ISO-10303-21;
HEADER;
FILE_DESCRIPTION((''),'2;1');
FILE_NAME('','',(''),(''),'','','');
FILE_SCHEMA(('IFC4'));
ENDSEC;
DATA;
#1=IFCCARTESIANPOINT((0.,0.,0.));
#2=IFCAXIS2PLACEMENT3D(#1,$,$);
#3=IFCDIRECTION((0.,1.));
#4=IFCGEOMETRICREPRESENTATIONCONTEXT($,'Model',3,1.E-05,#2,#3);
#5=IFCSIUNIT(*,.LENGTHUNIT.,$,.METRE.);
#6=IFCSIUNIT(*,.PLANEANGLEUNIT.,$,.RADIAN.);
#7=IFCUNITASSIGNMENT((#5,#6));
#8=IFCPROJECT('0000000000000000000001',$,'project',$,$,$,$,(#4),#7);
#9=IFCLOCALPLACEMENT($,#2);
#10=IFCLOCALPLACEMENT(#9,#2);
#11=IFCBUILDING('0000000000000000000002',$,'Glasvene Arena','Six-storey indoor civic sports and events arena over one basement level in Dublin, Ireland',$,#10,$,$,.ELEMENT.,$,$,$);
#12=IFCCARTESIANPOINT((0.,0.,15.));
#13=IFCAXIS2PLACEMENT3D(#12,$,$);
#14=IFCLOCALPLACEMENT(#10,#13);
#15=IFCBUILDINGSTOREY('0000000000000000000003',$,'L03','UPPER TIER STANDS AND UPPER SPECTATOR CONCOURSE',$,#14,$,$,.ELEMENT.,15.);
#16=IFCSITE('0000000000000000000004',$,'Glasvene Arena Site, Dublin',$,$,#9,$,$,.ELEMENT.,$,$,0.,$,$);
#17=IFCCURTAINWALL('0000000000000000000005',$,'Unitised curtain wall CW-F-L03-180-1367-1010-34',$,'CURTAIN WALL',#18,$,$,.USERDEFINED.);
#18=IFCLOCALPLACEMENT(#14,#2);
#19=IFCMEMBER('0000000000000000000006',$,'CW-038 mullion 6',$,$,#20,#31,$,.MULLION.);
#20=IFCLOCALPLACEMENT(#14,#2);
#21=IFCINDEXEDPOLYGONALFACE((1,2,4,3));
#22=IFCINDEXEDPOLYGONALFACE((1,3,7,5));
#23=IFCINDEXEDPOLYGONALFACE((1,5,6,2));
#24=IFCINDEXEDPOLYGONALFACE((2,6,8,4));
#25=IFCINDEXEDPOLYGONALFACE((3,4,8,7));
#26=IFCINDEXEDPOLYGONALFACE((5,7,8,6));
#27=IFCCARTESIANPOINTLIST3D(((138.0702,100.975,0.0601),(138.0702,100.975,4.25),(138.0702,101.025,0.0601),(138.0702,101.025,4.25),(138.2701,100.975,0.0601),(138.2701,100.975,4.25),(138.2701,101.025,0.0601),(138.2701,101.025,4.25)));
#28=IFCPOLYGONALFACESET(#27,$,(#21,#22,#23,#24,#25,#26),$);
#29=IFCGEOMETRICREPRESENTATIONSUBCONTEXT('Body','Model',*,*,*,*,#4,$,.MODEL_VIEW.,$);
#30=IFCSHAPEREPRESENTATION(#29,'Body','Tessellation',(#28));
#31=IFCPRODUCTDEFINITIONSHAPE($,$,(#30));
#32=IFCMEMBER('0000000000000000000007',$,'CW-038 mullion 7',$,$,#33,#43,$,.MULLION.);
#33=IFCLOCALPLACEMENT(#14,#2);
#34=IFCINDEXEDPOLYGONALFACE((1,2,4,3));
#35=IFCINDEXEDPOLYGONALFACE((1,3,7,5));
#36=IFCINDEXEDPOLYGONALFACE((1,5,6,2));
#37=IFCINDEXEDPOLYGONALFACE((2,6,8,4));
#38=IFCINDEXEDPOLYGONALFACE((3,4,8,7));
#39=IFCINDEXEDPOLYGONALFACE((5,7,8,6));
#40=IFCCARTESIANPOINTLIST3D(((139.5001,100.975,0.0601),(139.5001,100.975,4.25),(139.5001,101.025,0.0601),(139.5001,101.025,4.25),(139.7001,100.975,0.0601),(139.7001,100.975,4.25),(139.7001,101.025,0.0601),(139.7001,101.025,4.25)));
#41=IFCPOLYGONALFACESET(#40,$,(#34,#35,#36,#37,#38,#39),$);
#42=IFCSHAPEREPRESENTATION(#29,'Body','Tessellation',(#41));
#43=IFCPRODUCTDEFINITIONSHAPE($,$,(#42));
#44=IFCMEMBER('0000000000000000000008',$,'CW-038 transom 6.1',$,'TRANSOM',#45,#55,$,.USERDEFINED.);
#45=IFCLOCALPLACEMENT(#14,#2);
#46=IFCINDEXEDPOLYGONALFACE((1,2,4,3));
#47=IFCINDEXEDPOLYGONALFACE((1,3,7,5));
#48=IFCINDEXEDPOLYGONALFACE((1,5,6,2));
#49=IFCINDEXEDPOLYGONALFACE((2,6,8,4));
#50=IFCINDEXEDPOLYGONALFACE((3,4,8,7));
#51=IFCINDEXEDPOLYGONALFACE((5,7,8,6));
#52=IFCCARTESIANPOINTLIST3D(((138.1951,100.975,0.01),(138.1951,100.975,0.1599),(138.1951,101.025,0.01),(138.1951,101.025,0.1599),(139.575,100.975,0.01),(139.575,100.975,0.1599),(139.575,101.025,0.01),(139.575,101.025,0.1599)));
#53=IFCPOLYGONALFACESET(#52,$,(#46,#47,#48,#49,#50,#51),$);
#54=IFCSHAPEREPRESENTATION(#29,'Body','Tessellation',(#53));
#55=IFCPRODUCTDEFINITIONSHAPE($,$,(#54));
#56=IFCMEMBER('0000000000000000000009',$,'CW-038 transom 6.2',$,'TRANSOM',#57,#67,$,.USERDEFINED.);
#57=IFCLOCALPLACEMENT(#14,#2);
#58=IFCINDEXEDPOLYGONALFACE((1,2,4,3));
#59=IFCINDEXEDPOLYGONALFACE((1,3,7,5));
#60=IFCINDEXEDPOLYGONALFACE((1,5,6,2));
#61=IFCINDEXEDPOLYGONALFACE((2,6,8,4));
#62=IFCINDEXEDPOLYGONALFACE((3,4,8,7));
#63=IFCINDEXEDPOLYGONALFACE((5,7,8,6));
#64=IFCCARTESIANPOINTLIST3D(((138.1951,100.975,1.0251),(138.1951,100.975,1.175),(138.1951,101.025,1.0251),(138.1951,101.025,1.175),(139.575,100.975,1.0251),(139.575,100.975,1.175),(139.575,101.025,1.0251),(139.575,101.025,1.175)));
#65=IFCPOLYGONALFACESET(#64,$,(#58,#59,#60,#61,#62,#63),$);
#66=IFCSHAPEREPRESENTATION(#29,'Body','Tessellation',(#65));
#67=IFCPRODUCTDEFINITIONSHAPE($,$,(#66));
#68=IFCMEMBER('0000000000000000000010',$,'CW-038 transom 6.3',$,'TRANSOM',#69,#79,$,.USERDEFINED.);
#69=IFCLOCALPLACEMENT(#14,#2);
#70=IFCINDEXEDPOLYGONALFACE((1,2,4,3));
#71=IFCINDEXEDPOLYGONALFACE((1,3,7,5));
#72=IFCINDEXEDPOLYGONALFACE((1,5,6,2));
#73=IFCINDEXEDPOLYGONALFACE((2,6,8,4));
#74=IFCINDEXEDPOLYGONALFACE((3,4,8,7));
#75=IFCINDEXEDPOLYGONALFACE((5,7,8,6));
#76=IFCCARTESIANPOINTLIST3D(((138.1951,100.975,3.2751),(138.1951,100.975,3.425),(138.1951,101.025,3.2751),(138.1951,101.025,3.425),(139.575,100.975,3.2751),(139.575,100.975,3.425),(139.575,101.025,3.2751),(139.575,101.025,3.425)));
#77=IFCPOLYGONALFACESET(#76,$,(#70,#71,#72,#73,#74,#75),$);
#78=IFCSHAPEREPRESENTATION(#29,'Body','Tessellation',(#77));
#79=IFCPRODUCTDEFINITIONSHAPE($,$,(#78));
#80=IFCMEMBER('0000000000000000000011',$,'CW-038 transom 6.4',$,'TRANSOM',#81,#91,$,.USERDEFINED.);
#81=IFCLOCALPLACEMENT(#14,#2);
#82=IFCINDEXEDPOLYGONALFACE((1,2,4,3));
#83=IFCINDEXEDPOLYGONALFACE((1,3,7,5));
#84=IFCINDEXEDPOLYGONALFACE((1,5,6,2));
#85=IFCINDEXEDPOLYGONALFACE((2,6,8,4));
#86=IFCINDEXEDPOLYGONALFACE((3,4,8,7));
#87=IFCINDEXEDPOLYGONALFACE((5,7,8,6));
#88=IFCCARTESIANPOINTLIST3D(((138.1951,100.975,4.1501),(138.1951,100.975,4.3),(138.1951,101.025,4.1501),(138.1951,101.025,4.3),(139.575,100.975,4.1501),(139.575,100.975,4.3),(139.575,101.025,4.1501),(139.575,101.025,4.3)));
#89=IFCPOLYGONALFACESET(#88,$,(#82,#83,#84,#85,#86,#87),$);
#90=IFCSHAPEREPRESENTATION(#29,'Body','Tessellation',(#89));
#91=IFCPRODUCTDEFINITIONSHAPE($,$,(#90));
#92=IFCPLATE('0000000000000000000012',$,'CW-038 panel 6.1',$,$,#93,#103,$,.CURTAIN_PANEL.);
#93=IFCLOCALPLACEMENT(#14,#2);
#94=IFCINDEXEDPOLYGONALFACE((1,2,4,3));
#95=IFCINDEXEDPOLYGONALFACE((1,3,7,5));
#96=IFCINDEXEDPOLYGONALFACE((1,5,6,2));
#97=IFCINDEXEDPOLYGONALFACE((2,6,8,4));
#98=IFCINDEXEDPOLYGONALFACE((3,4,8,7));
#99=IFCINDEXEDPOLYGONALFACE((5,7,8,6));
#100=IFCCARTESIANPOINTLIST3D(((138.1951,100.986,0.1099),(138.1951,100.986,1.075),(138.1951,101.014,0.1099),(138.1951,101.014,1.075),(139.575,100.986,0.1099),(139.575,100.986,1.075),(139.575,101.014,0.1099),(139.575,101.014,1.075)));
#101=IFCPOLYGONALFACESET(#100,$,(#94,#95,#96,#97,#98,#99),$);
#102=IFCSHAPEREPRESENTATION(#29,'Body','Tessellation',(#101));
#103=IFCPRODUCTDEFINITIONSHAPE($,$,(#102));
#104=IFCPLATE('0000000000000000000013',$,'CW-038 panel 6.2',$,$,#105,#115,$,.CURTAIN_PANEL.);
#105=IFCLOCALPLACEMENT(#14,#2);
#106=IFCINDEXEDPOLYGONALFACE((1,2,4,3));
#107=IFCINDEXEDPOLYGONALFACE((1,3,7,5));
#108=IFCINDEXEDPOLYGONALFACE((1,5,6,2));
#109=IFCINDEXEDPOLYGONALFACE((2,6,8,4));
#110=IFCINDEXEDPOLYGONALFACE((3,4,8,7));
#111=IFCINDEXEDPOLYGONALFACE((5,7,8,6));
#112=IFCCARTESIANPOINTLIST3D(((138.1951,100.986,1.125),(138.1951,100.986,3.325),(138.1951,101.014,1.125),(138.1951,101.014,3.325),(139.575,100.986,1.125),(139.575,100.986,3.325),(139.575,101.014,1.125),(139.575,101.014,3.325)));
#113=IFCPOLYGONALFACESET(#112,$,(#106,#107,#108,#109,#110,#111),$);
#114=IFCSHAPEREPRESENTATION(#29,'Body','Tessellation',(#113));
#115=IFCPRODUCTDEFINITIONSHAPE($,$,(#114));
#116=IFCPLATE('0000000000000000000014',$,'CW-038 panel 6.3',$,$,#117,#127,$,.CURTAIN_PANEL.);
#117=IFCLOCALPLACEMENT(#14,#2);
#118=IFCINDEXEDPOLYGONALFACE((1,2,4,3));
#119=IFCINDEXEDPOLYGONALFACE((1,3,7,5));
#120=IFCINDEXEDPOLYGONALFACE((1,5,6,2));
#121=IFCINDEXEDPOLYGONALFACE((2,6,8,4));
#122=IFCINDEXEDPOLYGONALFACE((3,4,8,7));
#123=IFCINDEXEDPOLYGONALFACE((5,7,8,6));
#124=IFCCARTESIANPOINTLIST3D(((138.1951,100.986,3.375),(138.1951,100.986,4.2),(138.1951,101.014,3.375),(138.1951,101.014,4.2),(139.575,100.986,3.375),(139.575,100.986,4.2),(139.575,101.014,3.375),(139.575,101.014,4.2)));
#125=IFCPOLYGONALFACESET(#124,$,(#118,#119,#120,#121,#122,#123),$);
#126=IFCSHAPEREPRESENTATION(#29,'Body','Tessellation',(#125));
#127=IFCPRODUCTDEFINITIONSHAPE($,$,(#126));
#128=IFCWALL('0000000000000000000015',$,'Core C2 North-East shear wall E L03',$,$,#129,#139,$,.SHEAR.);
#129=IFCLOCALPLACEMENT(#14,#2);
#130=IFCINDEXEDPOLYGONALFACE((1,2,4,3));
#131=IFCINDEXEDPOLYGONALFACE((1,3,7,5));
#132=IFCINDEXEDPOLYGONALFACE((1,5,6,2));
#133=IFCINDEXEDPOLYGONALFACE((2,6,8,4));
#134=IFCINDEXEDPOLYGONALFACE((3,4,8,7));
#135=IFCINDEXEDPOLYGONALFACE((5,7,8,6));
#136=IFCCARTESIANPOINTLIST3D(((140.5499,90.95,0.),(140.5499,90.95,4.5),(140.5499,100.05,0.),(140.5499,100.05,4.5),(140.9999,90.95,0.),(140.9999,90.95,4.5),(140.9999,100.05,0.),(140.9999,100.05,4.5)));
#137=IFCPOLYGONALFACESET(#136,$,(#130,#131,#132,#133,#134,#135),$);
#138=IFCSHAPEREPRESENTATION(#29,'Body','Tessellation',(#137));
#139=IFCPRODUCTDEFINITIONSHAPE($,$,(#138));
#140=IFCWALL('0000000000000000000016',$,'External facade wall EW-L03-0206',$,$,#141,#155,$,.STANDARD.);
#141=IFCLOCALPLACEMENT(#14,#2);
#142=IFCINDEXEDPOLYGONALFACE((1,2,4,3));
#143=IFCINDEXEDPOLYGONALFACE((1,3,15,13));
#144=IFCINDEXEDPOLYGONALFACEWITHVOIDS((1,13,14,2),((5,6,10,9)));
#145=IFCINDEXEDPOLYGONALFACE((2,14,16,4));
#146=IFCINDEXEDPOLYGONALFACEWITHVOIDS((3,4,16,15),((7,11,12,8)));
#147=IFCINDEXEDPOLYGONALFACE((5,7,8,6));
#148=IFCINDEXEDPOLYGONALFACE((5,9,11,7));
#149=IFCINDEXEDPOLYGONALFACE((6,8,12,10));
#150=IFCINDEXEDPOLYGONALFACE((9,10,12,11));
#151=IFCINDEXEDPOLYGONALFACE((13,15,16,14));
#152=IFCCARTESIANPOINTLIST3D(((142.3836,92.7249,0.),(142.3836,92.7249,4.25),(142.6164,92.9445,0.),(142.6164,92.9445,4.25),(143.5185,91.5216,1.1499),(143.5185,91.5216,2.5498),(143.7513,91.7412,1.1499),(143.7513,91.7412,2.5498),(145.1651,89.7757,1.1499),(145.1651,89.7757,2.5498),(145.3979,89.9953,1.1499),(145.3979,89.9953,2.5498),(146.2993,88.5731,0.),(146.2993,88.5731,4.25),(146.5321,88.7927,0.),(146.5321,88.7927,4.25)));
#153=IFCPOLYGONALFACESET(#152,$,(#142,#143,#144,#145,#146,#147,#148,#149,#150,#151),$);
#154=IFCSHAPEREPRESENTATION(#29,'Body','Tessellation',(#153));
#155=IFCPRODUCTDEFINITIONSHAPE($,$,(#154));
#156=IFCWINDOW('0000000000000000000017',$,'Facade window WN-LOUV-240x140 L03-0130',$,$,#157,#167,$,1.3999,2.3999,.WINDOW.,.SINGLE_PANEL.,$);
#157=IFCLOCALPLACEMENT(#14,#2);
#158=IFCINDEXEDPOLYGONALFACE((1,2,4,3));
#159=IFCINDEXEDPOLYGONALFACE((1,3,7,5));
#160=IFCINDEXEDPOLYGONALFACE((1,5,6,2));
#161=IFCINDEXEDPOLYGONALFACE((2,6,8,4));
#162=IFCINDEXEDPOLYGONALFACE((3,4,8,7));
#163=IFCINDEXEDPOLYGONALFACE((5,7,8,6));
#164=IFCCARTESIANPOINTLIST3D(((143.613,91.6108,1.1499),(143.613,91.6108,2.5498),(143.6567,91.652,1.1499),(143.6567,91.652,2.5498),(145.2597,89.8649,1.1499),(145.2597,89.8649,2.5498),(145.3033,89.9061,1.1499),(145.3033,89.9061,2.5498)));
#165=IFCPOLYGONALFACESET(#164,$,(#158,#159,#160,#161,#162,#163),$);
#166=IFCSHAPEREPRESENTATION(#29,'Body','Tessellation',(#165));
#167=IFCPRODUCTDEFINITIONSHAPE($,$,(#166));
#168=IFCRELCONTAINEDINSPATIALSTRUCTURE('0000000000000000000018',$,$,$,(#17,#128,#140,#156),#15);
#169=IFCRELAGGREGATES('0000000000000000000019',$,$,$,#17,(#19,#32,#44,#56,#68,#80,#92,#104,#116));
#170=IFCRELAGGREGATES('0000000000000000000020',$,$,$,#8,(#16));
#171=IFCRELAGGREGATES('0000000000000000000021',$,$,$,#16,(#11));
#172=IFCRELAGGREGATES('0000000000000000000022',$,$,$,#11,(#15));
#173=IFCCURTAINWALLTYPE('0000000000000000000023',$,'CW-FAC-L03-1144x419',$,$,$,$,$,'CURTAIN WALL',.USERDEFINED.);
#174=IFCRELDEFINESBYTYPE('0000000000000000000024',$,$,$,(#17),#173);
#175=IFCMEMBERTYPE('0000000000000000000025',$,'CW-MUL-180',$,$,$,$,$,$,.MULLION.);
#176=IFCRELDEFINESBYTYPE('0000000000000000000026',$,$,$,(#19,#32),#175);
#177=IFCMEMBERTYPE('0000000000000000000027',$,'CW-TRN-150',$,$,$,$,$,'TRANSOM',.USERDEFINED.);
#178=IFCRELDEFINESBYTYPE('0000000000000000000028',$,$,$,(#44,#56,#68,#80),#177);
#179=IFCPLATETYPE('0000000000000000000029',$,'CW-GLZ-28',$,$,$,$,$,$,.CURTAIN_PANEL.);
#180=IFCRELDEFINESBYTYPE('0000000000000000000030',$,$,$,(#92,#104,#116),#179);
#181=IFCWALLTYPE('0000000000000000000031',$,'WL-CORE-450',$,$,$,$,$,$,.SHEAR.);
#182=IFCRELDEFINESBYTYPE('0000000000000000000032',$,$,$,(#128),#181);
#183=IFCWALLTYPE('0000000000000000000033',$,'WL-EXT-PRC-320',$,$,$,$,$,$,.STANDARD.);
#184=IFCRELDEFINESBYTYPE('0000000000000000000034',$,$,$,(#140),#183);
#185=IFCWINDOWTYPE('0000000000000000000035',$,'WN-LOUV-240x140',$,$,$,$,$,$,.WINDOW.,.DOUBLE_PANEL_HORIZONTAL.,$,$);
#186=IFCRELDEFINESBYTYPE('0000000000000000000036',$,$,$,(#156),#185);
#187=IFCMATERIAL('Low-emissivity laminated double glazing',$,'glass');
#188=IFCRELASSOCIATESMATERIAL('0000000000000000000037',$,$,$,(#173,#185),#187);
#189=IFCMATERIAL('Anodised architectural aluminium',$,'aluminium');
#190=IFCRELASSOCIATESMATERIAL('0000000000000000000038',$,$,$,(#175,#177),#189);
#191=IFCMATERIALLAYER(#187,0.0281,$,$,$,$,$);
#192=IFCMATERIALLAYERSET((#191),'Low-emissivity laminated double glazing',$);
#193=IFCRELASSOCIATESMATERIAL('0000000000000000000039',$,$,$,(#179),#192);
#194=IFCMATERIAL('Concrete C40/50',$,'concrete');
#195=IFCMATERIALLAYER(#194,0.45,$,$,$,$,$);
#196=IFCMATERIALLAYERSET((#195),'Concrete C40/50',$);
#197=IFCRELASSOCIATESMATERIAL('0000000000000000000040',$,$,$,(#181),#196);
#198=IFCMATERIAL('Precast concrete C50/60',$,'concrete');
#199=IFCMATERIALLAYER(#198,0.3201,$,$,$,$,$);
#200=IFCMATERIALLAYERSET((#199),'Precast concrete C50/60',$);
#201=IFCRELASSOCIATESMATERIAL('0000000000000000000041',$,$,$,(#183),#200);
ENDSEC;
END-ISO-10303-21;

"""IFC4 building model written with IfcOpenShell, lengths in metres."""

from ifc_helpers import new_model, si_unit, direction, frame, frame_2d, origin, origin_2d, place, context, subcontext, project, spatial, rectangle, extrude, material, layer, layer_set, material_profile, profile_set, type_object, element, fill, aggregate, save


model = new_model("IFC4")

# Units and contexts
model_context = context("Model", 3, precision=1e-05, world=origin(), true_north=direction((0.0, 1.0)))
body_context = subcontext(model_context, "Body", "Model", "MODEL_VIEW")
ifc_project = project(units=[si_unit("LENGTHUNIT", "METRE"), si_unit("PLANEANGLEUNIT", "RADIAN")], contexts=[model_context])

# Site, building, storey
site_placement = place(None, origin())
site = spatial("IfcSite", under=ifc_project, at=site_placement, Name="Glasvene Arena Site, Dublin", CompositionType="ELEMENT", RefElevation=0.0)
building_placement = place(site_placement, origin())
building = spatial("IfcBuilding", under=site, at=building_placement, Name="Glasvene Arena", Description="Six-storey indoor civic sports and events arena over one basement level in Dublin, Ireland", CompositionType="ELEMENT")
storey_placement = place(building_placement, frame((0.0, 0.0, 15.0)))
storey = spatial("IfcBuildingStorey", under=building, at=storey_placement, Name="L03", Description="UPPER TIER STANDS AND UPPER SPECTATOR CONCOURSE", CompositionType="ELEMENT", Elevation=15.0)

# Curtain wall, members, plates
ifc_material_1 = material(Name="Low-emissivity laminated double glazing", Category="glass")
curtain_wall_type = type_object("IfcCurtainWallType", Name="CW-FAC-L03-1144x419", ElementType="CURTAIN WALL", PredefinedType="USERDEFINED", material=ifc_material_1)
curtain_wall_placement = place(storey_placement, frame((131.0203, 101.0, 0.0)))
curtain_wall = element("IfcCurtainWall", 1, at=curtain_wall_placement, inside=storey, type_object=curtain_wall_type, Name="Unitised curtain wall CW-F-L03-180-1367-1010-34", ObjectType="CURTAIN WALL", PredefinedType="USERDEFINED")
ifc_material_2 = material(Name="Anodised architectural aluminium", Category="aluminium")
ifc_material_profile_1 = material_profile(ifc_material_2, rectangle(XDim=0.05, YDim=0.2, at=origin_2d()), Name="ALU MULLION 50x200")
ifc_profile_set_1 = profile_set([ifc_material_profile_1], Name="Anodised architectural aluminium")
member_type_1 = type_object("IfcMemberType", Name="CW-MUL-180", PredefinedType="MULLION", material=ifc_profile_set_1)
member_1_placement = place(storey_placement, frame((138.1702, 101.0, 0.0601), z_axis=(0.0, 0.0, 1.0), x_axis=(0.0, 1.0, 0.0)))
member_1 = element("IfcMember", 2, at=member_1_placement, type_object=member_type_1, Name="CW-038 mullion 6", PredefinedType="MULLION", context=body_context, shape_type="SweptSolid", body=[
    extrude(rectangle(XDim=0.05, YDim=0.2, at=origin_2d()), origin(), (0.0, 0.0, 1.0), 4.1899),
])
member_2_placement = place(storey_placement, frame((139.6001, 101.0, 0.0601), z_axis=(0.0, 0.0, 1.0), x_axis=(0.0, 1.0, 0.0)))
member_2 = element("IfcMember", 3, at=member_2_placement, type_object=member_type_1, Name="CW-038 mullion 7", PredefinedType="MULLION", context=body_context, shape_type="SweptSolid", body=[
    extrude(rectangle(XDim=0.05, YDim=0.2, at=origin_2d()), origin(), (0.0, 0.0, 1.0), 4.1899),
])
ifc_material_profile_2 = material_profile(ifc_material_2, rectangle(XDim=0.05, YDim=0.1499, at=origin_2d()), Name="ALU TRANSOM 50x150")
ifc_profile_set_2 = profile_set([ifc_material_profile_2], Name="Anodised architectural aluminium")
member_type_2 = type_object("IfcMemberType", Name="CW-TRN-150", ElementType="TRANSOM", PredefinedType="USERDEFINED", material=ifc_profile_set_2)
member_3_placement = place(storey_placement, frame((138.1951, 101.0, 0.085), z_axis=(1.0, 0.0, 0.0), x_axis=(0.0, 1.0, 0.0)))
member_3 = element("IfcMember", 4, at=member_3_placement, type_object=member_type_2, Name="CW-038 transom 6.1", ObjectType="TRANSOM", PredefinedType="USERDEFINED", context=body_context, shape_type="SweptSolid", body=[
    extrude(rectangle(XDim=0.05, YDim=0.1499, at=origin_2d()), origin(), (0.0, 0.0, 1.0), 1.3799),
])
member_4_placement = place(storey_placement, frame((138.1951, 101.0, 1.1001), z_axis=(1.0, 0.0, 0.0), x_axis=(0.0, 1.0, 0.0)))
member_4 = element("IfcMember", 5, at=member_4_placement, type_object=member_type_2, Name="CW-038 transom 6.2", ObjectType="TRANSOM", PredefinedType="USERDEFINED", context=body_context, shape_type="SweptSolid", body=[
    extrude(rectangle(XDim=0.05, YDim=0.1499, at=origin_2d()), origin(), (0.0, 0.0, 1.0), 1.3799),
])
member_5_placement = place(storey_placement, frame((138.1951, 101.0, 3.3501), z_axis=(1.0, 0.0, 0.0), x_axis=(0.0, 1.0, 0.0)))
member_5 = element("IfcMember", 6, at=member_5_placement, type_object=member_type_2, Name="CW-038 transom 6.3", ObjectType="TRANSOM", PredefinedType="USERDEFINED", context=body_context, shape_type="SweptSolid", body=[
    extrude(rectangle(XDim=0.05, YDim=0.1499, at=origin_2d()), origin(), (0.0, 0.0, 1.0), 1.3799),
])
member_6_placement = place(storey_placement, frame((138.1951, 101.0, 4.2251), z_axis=(1.0, 0.0, 0.0), x_axis=(0.0, 1.0, 0.0)))
member_6 = element("IfcMember", 7, at=member_6_placement, type_object=member_type_2, Name="CW-038 transom 6.4", ObjectType="TRANSOM", PredefinedType="USERDEFINED", context=body_context, shape_type="SweptSolid", body=[
    extrude(rectangle(XDim=0.05, YDim=0.1499, at=origin_2d()), origin(), (0.0, 0.0, 1.0), 1.3799),
])
ifc_layer_1 = layer(ifc_material_1, 0.0281)
ifc_layer_set_1 = layer_set([ifc_layer_1], Name="Low-emissivity laminated double glazing")
plate_type = type_object("IfcPlateType", Name="CW-GLZ-28", PredefinedType="CURTAIN_PANEL", material=ifc_layer_set_1)
plate_1_placement = place(storey_placement, frame((138.885, 101.0, 0.1099), z_axis=(0.0, 0.0, 1.0), x_axis=(1.0, 0.0, 0.0)))
plate_1 = element("IfcPlate", 8, at=plate_1_placement, type_object=plate_type, Name="CW-038 panel 6.1", PredefinedType="CURTAIN_PANEL", context=body_context, shape_type="SweptSolid", body=[
    extrude(rectangle(XDim=1.3799, YDim=0.0281, at=origin_2d()), origin(), (0.0, 0.0, 1.0), 0.9651),
])
plate_2_placement = place(storey_placement, frame((138.885, 101.0, 1.125), z_axis=(0.0, 0.0, 1.0), x_axis=(1.0, 0.0, 0.0)))
plate_2 = element("IfcPlate", 9, at=plate_2_placement, type_object=plate_type, Name="CW-038 panel 6.2", PredefinedType="CURTAIN_PANEL", context=body_context, shape_type="SweptSolid", body=[
    extrude(rectangle(XDim=1.3799, YDim=0.0281, at=origin_2d()), origin(), (0.0, 0.0, 1.0), 2.2),
])
plate_3_placement = place(storey_placement, frame((138.885, 101.0, 3.375), z_axis=(0.0, 0.0, 1.0), x_axis=(1.0, 0.0, 0.0)))
plate_3 = element("IfcPlate", 10, at=plate_3_placement, type_object=plate_type, Name="CW-038 panel 6.3", PredefinedType="CURTAIN_PANEL", context=body_context, shape_type="SweptSolid", body=[
    extrude(rectangle(XDim=1.3799, YDim=0.0281, at=origin_2d()), origin(), (0.0, 0.0, 1.0), 0.825),
])
aggregate(curtain_wall, [member_1, member_2, member_3, member_4, member_5, member_6, plate_1, plate_2, plate_3])

# Wall
ifc_material_3 = material(Name="Concrete C40/50", Category="concrete")
ifc_layer_2 = layer(ifc_material_3, 0.45)
ifc_layer_set_2 = layer_set([ifc_layer_2], Name="Concrete C40/50")
wall_type_1 = type_object("IfcWallType", Name="WL-CORE-450", PredefinedType="SHEAR", material=ifc_layer_set_2)
wall_1_placement = place(storey_placement, frame((140.7749, 90.95, 0.0), z_axis=(0.0, 0.0, 1.0), x_axis=(0.0, 1.0, 0.0)))
element("IfcWall", 11, at=wall_1_placement, inside=storey, type_object=wall_type_1, Name="Core C2 North-East shear wall E L03", PredefinedType="SHEAR", context=body_context, shape_type="SweptSolid", body=[
    extrude(rectangle(XDim=9.1001, YDim=0.45, at=frame_2d((4.55, 0.0))), origin(), (0.0, 0.0, 1.0), 4.5),
])

# Wall, opening, window
ifc_material_4 = material(Name="Precast concrete C50/60", Category="concrete")
ifc_layer_3 = layer(ifc_material_4, 0.3201)
ifc_layer_set_3 = layer_set([ifc_layer_3], Name="Precast concrete C50/60")
wall_type_2 = type_object("IfcWallType", Name="WL-EXT-PRC-320", PredefinedType="STANDARD", material=ifc_layer_set_3)
wall_2_placement = place(storey_placement, frame((142.5, 92.8347, 0.0), z_axis=(0.0, 0.0, 1.0), x_axis=(0.686121, -0.727488, 0.0)))
wall_2 = element("IfcWall", 12, at=wall_2_placement, inside=storey, type_object=wall_type_2, Name="External facade wall EW-L03-0206", PredefinedType="STANDARD", context=body_context, shape_type="SweptSolid", body=[
    extrude(rectangle(XDim=5.707, YDim=0.3201, at=frame_2d((2.8535, 0.0))), origin(), (0.0, 0.0, 1.0), 4.25),
])
opening_1_placement = place(wall_2_placement, frame((1.6541, 0.0, 1.1499)))
opening_1 = element("IfcOpeningElement", 13, at=opening_1_placement, cuts=wall_2, PredefinedType="OPENING", context=body_context, shape_type="SweptSolid", body=[
    extrude(rectangle(XDim=2.3999, YDim=1.3999, at=frame_2d((1.2, 0.7))), frame((0.0, 0.1699, 0.0), z_axis=(0.0, -1.0, 0.0), x_axis=(1.0, 0.0, 0.0)), (0.0, 0.0, 1.0), 0.3401),
])
window_type = type_object("IfcWindowType", Name="WN-LOUV-240x140", PartitioningType="DOUBLE_PANEL_HORIZONTAL", PredefinedType="WINDOW", material=ifc_material_1)
window_1_placement = place(opening_1_placement, origin())
window_1 = element("IfcWindow", 14, at=window_1_placement, inside=storey, type_object=window_type, Name="Facade window WN-LOUV-240x140 L03-0130", OverallHeight=1.3999, OverallWidth=2.3999, PartitioningType="SINGLE_PANEL", PredefinedType="WINDOW", context=body_context, shape_type="SweptSolid", body=[
    extrude(rectangle(XDim=2.3999, YDim=1.3999, at=frame_2d((1.2, 0.7))), frame((0.0, 0.03, 0.0), z_axis=(0.0, -1.0, 0.0), x_axis=(1.0, 0.0, 0.0)), (0.0, 0.0, 1.0), 0.0601),
])
fill(opening_1, window_1)

save(model, "model.ifc")
